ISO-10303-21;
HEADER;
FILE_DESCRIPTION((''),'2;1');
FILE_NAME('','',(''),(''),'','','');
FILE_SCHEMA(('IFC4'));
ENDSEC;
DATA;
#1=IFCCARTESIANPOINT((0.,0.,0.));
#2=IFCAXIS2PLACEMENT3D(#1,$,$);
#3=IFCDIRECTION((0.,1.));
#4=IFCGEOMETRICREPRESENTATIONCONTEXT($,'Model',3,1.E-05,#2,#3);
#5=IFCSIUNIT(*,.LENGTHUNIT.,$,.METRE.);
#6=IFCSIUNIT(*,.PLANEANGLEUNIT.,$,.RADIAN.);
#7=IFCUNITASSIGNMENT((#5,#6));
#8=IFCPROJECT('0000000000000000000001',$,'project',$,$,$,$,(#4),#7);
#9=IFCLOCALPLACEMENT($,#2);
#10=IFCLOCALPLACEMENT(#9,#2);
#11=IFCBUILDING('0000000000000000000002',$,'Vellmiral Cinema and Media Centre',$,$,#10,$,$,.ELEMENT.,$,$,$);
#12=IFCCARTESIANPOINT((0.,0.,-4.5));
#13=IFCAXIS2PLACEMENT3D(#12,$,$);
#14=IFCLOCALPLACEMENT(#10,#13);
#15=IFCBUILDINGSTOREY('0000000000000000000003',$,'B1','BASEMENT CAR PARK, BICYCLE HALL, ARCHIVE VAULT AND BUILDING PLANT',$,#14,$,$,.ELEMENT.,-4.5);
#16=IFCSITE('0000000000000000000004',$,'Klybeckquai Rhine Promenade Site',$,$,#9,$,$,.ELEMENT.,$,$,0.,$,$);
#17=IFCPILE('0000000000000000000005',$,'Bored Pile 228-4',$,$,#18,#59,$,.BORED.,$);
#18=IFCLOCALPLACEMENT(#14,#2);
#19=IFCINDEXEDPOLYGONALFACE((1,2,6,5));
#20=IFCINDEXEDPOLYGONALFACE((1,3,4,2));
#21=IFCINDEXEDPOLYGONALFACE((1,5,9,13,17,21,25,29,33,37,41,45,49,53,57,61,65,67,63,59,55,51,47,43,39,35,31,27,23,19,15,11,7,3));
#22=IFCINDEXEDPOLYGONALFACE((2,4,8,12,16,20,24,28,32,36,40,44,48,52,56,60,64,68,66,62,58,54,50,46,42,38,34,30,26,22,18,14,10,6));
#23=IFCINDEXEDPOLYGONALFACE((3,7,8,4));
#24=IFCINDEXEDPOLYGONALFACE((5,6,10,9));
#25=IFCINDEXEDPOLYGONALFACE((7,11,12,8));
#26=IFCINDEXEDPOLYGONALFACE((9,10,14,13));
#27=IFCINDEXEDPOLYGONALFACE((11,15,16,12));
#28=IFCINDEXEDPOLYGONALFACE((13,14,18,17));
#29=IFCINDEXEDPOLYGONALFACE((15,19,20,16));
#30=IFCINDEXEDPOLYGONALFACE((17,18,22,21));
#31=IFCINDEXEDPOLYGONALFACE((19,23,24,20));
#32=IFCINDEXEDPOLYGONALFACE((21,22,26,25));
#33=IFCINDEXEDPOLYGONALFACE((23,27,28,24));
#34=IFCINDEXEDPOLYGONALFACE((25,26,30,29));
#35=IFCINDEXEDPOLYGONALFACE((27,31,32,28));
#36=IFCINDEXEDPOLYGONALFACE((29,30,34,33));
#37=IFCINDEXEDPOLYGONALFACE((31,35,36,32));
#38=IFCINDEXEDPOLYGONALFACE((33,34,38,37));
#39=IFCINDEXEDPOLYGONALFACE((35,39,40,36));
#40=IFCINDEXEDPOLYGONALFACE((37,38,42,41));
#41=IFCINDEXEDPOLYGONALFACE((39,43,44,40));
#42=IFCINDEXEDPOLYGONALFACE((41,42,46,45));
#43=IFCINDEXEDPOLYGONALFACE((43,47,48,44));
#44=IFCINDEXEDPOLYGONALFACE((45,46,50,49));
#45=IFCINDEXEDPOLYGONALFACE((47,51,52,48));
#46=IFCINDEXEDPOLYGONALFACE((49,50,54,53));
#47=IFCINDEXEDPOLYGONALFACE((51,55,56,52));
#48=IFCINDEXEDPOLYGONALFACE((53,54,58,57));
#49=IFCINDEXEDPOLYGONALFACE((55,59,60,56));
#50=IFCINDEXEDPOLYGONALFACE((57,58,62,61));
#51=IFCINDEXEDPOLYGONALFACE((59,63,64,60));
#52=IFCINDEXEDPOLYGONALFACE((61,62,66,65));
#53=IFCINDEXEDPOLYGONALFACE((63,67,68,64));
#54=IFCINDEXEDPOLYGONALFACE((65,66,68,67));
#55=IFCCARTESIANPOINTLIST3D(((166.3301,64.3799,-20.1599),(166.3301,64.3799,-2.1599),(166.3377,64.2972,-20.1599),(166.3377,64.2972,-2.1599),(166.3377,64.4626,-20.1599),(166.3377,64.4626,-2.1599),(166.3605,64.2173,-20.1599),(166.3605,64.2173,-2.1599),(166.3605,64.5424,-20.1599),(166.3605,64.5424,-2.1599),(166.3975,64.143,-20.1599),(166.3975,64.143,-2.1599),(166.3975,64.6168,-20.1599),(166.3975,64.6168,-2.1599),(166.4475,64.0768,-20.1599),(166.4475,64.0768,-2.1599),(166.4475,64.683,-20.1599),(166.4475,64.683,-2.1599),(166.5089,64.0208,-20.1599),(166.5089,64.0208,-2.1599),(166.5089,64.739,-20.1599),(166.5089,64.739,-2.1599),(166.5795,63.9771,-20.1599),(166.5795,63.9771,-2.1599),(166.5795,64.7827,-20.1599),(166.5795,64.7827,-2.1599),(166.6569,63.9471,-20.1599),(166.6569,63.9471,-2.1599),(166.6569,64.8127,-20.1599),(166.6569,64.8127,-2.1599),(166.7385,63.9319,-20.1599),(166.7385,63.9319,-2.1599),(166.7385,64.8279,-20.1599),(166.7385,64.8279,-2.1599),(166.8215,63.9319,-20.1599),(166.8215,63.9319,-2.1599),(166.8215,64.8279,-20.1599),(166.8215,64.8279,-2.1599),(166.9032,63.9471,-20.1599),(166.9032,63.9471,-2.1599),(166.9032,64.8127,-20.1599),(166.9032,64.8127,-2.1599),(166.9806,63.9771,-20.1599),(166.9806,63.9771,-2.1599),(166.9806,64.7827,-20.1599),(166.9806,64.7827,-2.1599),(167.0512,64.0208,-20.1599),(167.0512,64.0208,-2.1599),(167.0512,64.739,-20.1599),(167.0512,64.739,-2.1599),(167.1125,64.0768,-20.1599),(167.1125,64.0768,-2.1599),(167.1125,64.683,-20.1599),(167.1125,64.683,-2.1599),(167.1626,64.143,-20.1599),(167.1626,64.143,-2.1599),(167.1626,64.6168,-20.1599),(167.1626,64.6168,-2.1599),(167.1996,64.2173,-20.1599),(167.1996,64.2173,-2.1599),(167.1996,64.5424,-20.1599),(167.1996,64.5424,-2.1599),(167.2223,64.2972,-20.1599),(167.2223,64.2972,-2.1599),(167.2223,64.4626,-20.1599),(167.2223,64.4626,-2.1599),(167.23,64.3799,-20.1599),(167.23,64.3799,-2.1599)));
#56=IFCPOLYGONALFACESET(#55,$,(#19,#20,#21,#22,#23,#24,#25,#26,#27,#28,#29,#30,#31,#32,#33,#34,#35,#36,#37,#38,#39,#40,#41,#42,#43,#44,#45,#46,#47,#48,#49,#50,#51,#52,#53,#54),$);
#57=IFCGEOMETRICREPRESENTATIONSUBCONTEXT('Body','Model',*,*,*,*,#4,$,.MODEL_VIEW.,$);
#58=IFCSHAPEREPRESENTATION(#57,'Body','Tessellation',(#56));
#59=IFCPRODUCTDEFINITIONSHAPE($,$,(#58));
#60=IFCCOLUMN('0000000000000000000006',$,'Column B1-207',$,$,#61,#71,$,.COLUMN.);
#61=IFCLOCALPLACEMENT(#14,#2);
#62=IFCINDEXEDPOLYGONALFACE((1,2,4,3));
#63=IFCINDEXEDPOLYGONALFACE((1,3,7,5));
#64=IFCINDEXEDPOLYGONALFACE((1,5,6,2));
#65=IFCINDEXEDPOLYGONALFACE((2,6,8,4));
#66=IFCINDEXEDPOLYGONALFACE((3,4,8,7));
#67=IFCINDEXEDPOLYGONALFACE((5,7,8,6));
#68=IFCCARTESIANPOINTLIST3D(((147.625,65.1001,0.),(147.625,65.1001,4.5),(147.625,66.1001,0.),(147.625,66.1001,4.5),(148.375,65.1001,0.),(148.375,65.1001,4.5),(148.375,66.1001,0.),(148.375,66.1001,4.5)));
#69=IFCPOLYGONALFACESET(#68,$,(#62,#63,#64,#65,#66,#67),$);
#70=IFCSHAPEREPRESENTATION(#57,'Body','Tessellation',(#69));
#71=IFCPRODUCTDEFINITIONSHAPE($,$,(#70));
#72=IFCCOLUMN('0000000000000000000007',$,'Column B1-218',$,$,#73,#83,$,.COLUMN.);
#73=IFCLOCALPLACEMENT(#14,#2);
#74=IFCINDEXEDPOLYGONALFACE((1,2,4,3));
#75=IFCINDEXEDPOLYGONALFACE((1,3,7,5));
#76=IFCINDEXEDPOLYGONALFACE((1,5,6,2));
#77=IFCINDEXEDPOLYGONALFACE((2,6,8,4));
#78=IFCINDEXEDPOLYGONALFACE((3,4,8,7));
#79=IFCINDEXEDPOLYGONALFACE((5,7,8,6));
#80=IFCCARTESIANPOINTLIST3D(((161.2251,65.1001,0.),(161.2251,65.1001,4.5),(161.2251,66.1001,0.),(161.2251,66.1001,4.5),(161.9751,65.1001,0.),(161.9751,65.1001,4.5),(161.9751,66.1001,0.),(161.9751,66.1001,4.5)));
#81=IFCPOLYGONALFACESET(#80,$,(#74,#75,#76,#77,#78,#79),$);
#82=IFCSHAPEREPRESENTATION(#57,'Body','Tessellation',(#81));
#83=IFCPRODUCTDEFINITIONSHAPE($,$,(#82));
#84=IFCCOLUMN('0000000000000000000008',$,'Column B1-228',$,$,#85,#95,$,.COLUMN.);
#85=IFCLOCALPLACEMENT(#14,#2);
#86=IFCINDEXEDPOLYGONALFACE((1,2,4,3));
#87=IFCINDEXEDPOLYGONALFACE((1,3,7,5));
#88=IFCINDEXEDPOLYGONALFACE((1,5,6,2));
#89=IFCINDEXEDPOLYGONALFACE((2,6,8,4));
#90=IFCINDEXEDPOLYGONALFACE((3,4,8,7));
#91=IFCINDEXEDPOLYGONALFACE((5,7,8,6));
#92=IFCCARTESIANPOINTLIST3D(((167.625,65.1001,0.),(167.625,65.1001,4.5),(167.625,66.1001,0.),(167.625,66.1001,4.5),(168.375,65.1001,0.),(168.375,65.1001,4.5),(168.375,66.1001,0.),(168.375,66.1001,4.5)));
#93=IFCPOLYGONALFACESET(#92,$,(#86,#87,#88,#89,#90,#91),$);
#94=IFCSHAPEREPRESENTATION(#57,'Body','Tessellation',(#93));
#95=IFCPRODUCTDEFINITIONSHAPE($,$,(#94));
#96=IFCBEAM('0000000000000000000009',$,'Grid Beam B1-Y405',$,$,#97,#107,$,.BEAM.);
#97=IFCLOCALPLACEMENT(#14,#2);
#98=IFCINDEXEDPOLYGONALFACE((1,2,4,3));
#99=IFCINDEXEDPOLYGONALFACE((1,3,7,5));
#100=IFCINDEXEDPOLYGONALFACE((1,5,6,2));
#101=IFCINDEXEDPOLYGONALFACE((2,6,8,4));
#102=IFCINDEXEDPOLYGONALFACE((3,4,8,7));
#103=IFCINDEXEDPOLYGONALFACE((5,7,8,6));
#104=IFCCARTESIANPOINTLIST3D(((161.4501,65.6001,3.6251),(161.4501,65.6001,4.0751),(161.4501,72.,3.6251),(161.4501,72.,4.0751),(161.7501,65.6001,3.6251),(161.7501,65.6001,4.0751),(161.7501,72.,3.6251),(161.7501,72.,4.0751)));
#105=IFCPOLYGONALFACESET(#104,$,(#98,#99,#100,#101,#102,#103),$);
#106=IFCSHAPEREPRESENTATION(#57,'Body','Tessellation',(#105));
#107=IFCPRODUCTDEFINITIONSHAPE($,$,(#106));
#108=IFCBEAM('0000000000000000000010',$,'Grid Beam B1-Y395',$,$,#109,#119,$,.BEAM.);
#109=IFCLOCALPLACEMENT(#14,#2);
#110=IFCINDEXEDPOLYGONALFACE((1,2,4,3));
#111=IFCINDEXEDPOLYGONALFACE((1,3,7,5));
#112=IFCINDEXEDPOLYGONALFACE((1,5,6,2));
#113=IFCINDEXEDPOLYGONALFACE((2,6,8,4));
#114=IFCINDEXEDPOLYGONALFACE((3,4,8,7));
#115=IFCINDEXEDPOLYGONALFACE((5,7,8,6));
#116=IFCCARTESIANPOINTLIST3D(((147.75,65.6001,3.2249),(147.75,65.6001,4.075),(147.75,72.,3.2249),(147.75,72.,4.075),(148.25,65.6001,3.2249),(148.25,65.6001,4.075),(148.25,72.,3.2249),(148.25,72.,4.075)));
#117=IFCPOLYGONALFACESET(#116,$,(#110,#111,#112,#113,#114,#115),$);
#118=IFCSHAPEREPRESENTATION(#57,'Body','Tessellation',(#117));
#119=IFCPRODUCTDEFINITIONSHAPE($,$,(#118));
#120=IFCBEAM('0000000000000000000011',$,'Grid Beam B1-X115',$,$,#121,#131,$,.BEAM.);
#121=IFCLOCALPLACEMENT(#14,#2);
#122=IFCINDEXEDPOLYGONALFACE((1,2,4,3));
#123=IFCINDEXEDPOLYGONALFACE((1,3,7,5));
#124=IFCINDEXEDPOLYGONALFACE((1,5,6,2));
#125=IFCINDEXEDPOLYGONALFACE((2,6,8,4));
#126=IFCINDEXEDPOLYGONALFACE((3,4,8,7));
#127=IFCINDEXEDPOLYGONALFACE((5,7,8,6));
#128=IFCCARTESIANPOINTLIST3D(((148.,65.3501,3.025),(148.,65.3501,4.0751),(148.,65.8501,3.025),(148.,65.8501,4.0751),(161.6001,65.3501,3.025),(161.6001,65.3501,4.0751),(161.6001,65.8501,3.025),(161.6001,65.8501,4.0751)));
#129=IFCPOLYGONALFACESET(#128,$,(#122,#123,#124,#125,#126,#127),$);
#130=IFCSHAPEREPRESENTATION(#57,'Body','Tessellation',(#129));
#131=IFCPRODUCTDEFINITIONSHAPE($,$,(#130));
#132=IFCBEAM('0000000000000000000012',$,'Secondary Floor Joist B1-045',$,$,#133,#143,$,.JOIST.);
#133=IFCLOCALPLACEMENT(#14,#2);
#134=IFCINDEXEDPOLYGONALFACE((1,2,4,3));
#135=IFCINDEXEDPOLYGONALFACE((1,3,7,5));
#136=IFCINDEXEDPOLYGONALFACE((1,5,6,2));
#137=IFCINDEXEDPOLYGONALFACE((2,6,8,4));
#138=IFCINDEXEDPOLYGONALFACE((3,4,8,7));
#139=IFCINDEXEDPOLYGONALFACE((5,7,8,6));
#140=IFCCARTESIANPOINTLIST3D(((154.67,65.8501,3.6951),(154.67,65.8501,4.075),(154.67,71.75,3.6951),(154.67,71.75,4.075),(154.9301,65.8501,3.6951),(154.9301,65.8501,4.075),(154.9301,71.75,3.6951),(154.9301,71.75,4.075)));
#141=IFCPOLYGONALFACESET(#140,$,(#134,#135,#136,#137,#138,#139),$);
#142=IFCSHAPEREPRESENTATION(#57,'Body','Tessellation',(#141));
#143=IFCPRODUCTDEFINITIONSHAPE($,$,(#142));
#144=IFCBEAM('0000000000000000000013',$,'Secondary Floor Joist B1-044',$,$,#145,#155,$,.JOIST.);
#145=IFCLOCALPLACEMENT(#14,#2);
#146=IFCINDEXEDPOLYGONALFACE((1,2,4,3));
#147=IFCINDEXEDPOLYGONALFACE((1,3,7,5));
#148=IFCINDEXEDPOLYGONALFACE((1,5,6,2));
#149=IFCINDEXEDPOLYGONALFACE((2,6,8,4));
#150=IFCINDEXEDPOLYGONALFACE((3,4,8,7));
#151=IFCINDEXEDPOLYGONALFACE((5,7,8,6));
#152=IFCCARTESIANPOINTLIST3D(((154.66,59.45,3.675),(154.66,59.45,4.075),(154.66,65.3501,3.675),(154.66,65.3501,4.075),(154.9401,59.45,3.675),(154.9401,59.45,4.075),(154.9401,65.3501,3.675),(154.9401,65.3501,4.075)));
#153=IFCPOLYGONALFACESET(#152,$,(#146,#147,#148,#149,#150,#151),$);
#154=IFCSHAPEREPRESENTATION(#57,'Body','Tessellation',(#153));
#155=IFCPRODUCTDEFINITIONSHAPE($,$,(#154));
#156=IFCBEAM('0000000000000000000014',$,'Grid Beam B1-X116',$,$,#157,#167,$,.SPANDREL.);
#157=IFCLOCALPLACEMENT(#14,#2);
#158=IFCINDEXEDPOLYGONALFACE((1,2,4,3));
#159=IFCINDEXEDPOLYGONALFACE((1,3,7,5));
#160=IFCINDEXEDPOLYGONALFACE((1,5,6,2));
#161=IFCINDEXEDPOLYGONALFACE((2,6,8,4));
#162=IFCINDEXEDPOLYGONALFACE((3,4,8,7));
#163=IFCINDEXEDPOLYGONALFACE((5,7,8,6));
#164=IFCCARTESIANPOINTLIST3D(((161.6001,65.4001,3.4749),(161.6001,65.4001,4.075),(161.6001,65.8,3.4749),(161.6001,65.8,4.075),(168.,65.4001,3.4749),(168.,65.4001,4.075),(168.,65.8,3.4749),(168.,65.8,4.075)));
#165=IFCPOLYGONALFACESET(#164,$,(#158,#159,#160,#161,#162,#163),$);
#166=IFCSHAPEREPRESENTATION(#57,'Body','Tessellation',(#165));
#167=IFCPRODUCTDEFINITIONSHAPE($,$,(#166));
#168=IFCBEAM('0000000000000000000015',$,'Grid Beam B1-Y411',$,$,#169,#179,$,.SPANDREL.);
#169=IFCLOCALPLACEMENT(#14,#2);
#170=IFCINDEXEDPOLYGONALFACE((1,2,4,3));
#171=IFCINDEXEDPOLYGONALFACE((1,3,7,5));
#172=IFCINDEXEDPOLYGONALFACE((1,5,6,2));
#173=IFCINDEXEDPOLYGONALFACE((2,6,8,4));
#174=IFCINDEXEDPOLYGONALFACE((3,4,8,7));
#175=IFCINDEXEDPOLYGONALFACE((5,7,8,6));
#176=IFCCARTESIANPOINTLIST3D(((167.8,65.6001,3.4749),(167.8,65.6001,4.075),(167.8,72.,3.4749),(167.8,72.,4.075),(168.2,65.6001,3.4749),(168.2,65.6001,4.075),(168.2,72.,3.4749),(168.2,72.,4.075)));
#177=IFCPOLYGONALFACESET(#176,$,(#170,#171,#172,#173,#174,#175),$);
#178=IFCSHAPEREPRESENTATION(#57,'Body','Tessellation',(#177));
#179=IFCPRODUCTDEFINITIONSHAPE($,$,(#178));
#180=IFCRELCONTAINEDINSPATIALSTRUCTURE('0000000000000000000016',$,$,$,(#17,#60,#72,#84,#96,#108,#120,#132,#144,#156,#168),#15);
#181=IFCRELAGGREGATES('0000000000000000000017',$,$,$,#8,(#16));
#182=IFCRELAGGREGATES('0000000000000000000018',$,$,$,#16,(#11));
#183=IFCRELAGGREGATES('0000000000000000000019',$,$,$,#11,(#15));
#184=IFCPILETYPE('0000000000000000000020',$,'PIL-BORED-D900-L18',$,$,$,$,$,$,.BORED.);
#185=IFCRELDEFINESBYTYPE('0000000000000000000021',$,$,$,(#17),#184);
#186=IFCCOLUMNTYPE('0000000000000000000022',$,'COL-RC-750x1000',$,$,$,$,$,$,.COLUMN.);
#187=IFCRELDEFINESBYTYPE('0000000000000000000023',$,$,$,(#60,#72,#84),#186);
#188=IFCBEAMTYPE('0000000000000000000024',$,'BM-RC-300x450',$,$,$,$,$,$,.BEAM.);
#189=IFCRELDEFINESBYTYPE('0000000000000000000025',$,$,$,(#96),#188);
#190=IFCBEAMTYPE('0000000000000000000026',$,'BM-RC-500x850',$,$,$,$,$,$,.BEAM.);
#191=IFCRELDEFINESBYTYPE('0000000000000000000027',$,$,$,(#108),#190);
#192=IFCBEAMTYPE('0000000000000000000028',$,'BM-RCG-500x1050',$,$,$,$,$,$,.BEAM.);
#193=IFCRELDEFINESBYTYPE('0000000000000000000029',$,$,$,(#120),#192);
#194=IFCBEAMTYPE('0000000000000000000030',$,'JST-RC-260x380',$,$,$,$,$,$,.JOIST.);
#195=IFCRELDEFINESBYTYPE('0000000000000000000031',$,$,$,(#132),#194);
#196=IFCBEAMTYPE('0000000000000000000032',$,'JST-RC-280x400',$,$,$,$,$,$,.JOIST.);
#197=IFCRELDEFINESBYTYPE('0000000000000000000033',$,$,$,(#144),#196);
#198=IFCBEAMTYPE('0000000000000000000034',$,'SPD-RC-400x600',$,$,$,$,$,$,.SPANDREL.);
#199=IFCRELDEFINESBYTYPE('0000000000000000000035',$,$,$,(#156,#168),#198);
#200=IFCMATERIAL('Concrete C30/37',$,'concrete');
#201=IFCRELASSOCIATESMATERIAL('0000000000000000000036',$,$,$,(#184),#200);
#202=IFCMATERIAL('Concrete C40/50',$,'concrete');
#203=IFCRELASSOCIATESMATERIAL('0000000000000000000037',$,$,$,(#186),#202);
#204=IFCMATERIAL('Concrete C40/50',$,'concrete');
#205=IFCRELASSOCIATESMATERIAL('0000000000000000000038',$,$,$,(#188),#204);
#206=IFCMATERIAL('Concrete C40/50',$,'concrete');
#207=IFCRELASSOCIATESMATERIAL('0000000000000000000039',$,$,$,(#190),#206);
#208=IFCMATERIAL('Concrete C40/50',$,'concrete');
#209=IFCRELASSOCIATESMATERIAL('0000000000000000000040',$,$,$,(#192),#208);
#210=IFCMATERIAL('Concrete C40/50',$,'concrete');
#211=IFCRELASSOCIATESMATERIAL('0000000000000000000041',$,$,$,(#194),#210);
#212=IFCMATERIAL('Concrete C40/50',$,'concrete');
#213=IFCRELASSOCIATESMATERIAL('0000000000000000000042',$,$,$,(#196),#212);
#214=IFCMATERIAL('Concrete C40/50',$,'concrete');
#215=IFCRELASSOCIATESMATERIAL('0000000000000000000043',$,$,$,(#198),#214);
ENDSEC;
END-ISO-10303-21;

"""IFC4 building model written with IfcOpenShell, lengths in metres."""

from ifc_helpers import new_model, si_unit, direction, frame, origin, origin_2d, place, context, subcontext, project, spatial, rectangle, circle, extrude, material, material_profile, profile_set, type_object, element, save


model = new_model("IFC4")

# Units and contexts
model_context = context("Model", 3, precision=1e-05, world=origin(), true_north=direction((0.0, 1.0)))
body_context = subcontext(model_context, "Body", "Model", "MODEL_VIEW")
ifc_project = project(units=[si_unit("LENGTHUNIT", "METRE"), si_unit("PLANEANGLEUNIT", "RADIAN")], contexts=[model_context])

# Site, building, storey
site_placement = place(None, origin())
site = spatial("IfcSite", under=ifc_project, at=site_placement, Name="Klybeckquai Rhine Promenade Site", CompositionType="ELEMENT", RefElevation=0.0)
building_placement = place(site_placement, origin())
building = spatial("IfcBuilding", under=site, at=building_placement, Name="Vellmiral Cinema and Media Centre", CompositionType="ELEMENT")
storey_placement = place(building_placement, frame((0.0, 0.0, -4.5)))
storey = spatial("IfcBuildingStorey", under=building, at=storey_placement, Name="B1", Description="BASEMENT CAR PARK, BICYCLE HALL, ARCHIVE VAULT AND BUILDING PLANT", CompositionType="ELEMENT", Elevation=-4.5)

# Pile
ifc_material_1 = material(Name="Concrete C30/37", Category="concrete")
ifc_material_profile_1 = material_profile(ifc_material_1, circle(Radius=0.45, at=origin_2d()), Name="PILE D900")
ifc_profile_set_1 = profile_set([ifc_material_profile_1], Name="Concrete C30/37")
pile_type_1 = type_object("IfcPileType", Name="PIL-BORED-D900-L18", PredefinedType="BORED", material=ifc_profile_set_1)
for number, where, z_axis, x_axis, name in (
    (1, (166.78, 64.3799, -2.1599), (0.0, 0.0, -1.0), (1.0, 0.0, 0.0), "Bored Pile 228-4"),
):
    element("IfcPile", number, at=place(storey_placement, frame(where, z_axis=z_axis, x_axis=x_axis)), inside=storey, type_object=pile_type_1, Name=name, PredefinedType="BORED", context=body_context, shape_type="SweptSolid", body=[
        extrude(circle(Radius=0.45, at=origin_2d()), origin(), (0.0, 0.0, 1.0), 18.0),
    ])

# Columns
ifc_material_2 = material(Name="Concrete C40/50", Category="concrete")
ifc_material_profile_2 = material_profile(ifc_material_2, rectangle(XDim=0.75, YDim=1.0, at=origin_2d()), Name="RC 750x1000")
ifc_profile_set_2 = profile_set([ifc_material_profile_2], Name="Concrete C40/50")
column_type = type_object("IfcColumnType", Name="COL-RC-750x1000", PredefinedType="COLUMN", material=ifc_profile_set_2)
for number, where, z_axis, x_axis, name in (
    (2, (148.0, 65.6001, 0.0), (0.0, 0.0, 1.0), (1.0, 0.0, 0.0), "Column B1-207"),
    (3, (161.6001, 65.6001, 0.0), (0.0, 0.0, 1.0), (1.0, 0.0, 0.0), "Column B1-218"),
    (4, (168.0, 65.6001, 0.0), (0.0, 0.0, 1.0), (1.0, 0.0, 0.0), "Column B1-228"),
):
    element("IfcColumn", number, at=place(storey_placement, frame(where, z_axis=z_axis, x_axis=x_axis)), inside=storey, type_object=column_type, Name=name, PredefinedType="COLUMN", context=body_context, shape_type="SweptSolid", body=[
        extrude(rectangle(XDim=0.75, YDim=1.0, at=origin_2d()), origin(), (0.0, 0.0, 1.0), 4.5),
    ])

# Beams
ifc_material_3 = material(Name="Concrete C40/50", Category="concrete")
ifc_material_profile_3 = material_profile(ifc_material_3, rectangle(XDim=0.3, YDim=0.45, at=origin_2d()), Name="RC 300x450")
ifc_profile_set_3 = profile_set([ifc_material_profile_3], Name="Concrete C40/50")
beam_type_1 = type_object("IfcBeamType", Name="BM-RC-300x450", PredefinedType="BEAM", material=ifc_profile_set_3)
beam_1_placement = place(storey_placement, frame((161.6001, 65.6001, 3.8501), z_axis=(0.0, 1.0, 0.0), x_axis=(-1.0, 0.0, 0.0)))
element("IfcBeam", 5, at=beam_1_placement, inside=storey, type_object=beam_type_1, Name="Grid Beam B1-Y405", PredefinedType="BEAM", context=body_context, shape_type="SweptSolid", body=[
    extrude(rectangle(XDim=0.3, YDim=0.45, at=origin_2d()), origin(), (0.0, 0.0, 1.0), 6.3999),
])
ifc_material_4 = material(Name="Concrete C40/50", Category="concrete")
ifc_material_profile_4 = material_profile(ifc_material_4, rectangle(XDim=0.5, YDim=0.8501, at=origin_2d()), Name="RC 500x850")
ifc_profile_set_4 = profile_set([ifc_material_profile_4], Name="Concrete C40/50")
beam_type_2 = type_object("IfcBeamType", Name="BM-RC-500x850", PredefinedType="BEAM", material=ifc_profile_set_4)
beam_2_placement = place(storey_placement, frame((148.0, 65.6001, 3.6499), z_axis=(0.0, 1.0, 0.0), x_axis=(-1.0, 0.0, 0.0)))
element("IfcBeam", 6, at=beam_2_placement, inside=storey, type_object=beam_type_2, Name="Grid Beam B1-Y395", PredefinedType="BEAM", context=body_context, shape_type="SweptSolid", body=[
    extrude(rectangle(XDim=0.5, YDim=0.8501, at=origin_2d()), origin(), (0.0, 0.0, 1.0), 6.3999),
])
ifc_material_5 = material(Name="Concrete C40/50", Category="concrete")
ifc_material_profile_5 = material_profile(ifc_material_5, rectangle(XDim=0.5, YDim=1.05, at=origin_2d()), Name="RC 500x1050")
ifc_profile_set_5 = profile_set([ifc_material_profile_5], Name="Concrete C40/50")
beam_type_3 = type_object("IfcBeamType", Name="BM-RCG-500x1050", PredefinedType="BEAM", material=ifc_profile_set_5)
beam_3_placement = place(storey_placement, frame((148.0, 65.6001, 3.55), z_axis=(1.0, 0.0, 0.0), x_axis=(0.0, 1.0, 0.0)))
element("IfcBeam", 7, at=beam_3_placement, inside=storey, type_object=beam_type_3, Name="Grid Beam B1-X115", PredefinedType="BEAM", context=body_context, shape_type="SweptSolid", body=[
    extrude(rectangle(XDim=0.5, YDim=1.05, at=origin_2d()), origin(), (0.0, 0.0, 1.0), 13.6001),
])
ifc_material_6 = material(Name="Concrete C40/50", Category="concrete")
ifc_material_profile_6 = material_profile(ifc_material_6, rectangle(XDim=0.26, YDim=0.3799, at=origin_2d()), Name="RC 260x380")
ifc_profile_set_6 = profile_set([ifc_material_profile_6], Name="Concrete C40/50")
beam_type_4 = type_object("IfcBeamType", Name="JST-RC-260x380", PredefinedType="JOIST", material=ifc_profile_set_6)
beam_4_placement = place(storey_placement, frame((154.8, 65.8501, 3.885), z_axis=(0.0, 1.0, 0.0), x_axis=(-1.0, 0.0, 0.0)))
element("IfcBeam", 8, at=beam_4_placement, inside=storey, type_object=beam_type_4, Name="Secondary Floor Joist B1-045", PredefinedType="JOIST", context=body_context, shape_type="SweptSolid", body=[
    extrude(rectangle(XDim=0.26, YDim=0.3799, at=origin_2d()), origin(), (0.0, 0.0, 1.0), 5.8999),
])
ifc_material_7 = material(Name="Concrete C40/50", Category="concrete")
ifc_material_profile_7 = material_profile(ifc_material_7, rectangle(XDim=0.28, YDim=0.3999, at=origin_2d()), Name="RC 280x400")
ifc_profile_set_7 = profile_set([ifc_material_profile_7], Name="Concrete C40/50")
beam_type_5 = type_object("IfcBeamType", Name="JST-RC-280x400", PredefinedType="JOIST", material=ifc_profile_set_7)
beam_5_placement = place(storey_placement, frame((154.8, 59.45, 3.875), z_axis=(0.0, 1.0, 0.0), x_axis=(-1.0, 0.0, 0.0)))
element("IfcBeam", 9, at=beam_5_placement, inside=storey, type_object=beam_type_5, Name="Secondary Floor Joist B1-044", PredefinedType="JOIST", context=body_context, shape_type="SweptSolid", body=[
    extrude(rectangle(XDim=0.28, YDim=0.3999, at=origin_2d()), origin(), (0.0, 0.0, 1.0), 5.9001),
])
ifc_material_8 = material(Name="Concrete C40/50", Category="concrete")
ifc_material_profile_8 = material_profile(ifc_material_8, rectangle(XDim=0.3999, YDim=0.6001, at=origin_2d()), Name="RC 400x600")
ifc_profile_set_8 = profile_set([ifc_material_profile_8], Name="Concrete C40/50")
beam_type_6 = type_object("IfcBeamType", Name="SPD-RC-400x600", PredefinedType="SPANDREL", material=ifc_profile_set_8)
for number, where, z_axis, x_axis, name in (
    (10, (161.6001, 65.6001, 3.7749), (1.0, 0.0, 0.0), (0.0, 1.0, 0.0), "Grid Beam B1-X116"),
    (11, (168.0, 65.6001, 3.7749), (0.0, 1.0, 0.0), (-1.0, 0.0, 0.0), "Grid Beam B1-Y411"),
):
    element("IfcBeam", number, at=place(storey_placement, frame(where, z_axis=z_axis, x_axis=x_axis)), inside=storey, type_object=beam_type_6, Name=name, PredefinedType="SPANDREL", context=body_context, shape_type="SweptSolid", body=[
        extrude(rectangle(XDim=0.3999, YDim=0.6001, at=origin_2d()), origin(), (0.0, 0.0, 1.0), 6.3999),
    ])

save(model, "model.ifc")
